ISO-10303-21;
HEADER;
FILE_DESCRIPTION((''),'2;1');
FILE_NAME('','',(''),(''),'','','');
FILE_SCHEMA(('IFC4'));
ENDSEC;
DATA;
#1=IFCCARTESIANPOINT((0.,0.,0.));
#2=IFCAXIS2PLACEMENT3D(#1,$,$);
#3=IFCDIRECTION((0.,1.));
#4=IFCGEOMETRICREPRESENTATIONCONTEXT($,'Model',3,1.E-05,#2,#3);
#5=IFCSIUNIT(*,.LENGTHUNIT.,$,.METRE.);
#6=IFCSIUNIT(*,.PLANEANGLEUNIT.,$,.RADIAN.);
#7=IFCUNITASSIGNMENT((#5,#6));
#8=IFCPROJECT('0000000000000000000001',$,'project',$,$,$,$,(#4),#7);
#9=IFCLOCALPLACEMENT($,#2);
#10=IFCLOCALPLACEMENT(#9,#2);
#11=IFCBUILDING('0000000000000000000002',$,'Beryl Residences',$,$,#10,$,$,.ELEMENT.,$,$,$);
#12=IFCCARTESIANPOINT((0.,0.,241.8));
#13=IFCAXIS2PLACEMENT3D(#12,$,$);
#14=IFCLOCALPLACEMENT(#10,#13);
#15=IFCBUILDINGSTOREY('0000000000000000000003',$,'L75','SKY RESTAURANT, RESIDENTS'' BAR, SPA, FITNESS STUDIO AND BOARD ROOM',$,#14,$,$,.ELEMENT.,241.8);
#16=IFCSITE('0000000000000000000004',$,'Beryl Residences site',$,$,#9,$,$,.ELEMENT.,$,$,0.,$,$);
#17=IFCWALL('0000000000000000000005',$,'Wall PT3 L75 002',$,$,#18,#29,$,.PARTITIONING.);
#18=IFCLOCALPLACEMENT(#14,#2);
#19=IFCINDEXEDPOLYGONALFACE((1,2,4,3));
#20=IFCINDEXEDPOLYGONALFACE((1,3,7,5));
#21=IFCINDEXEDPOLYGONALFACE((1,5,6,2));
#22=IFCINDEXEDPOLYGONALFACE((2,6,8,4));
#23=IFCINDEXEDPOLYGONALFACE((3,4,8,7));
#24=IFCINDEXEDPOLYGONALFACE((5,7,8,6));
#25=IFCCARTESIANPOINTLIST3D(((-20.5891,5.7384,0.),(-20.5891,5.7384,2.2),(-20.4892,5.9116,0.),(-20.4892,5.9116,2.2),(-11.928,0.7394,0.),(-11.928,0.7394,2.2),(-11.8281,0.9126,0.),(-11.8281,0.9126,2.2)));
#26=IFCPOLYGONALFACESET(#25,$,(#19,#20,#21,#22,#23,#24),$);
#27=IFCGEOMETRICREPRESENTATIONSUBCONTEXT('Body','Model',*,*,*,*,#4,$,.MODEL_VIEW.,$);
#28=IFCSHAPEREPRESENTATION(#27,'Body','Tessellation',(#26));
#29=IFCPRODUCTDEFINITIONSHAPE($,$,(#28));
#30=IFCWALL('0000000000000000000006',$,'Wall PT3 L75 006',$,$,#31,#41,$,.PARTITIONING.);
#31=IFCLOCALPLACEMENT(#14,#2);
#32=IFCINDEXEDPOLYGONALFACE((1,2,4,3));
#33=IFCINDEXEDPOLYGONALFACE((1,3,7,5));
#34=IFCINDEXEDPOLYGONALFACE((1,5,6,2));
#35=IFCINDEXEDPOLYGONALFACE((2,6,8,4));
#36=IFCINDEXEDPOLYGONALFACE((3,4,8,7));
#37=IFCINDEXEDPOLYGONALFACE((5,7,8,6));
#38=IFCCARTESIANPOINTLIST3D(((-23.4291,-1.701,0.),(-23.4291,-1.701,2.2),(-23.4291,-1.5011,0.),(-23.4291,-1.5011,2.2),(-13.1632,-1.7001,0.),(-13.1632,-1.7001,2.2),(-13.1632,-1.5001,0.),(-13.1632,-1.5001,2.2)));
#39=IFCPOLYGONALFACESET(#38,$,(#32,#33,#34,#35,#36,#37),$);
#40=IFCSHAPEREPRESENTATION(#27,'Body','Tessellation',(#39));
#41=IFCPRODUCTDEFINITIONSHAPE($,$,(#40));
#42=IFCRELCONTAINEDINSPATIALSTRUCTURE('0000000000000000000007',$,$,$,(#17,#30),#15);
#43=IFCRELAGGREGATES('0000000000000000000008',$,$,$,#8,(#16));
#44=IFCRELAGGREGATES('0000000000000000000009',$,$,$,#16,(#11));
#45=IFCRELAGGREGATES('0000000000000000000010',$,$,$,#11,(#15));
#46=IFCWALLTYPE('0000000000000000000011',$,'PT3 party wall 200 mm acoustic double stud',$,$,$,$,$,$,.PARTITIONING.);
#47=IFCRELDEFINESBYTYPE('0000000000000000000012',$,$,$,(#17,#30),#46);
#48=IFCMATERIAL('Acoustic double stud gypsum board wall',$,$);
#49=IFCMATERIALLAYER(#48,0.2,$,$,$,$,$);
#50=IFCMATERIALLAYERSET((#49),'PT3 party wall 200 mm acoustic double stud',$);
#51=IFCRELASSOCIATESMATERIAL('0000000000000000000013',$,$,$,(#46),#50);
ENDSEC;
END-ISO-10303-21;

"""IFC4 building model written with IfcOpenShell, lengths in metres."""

from ifc_helpers import new_model, si_unit, direction, frame, frame_2d, origin, place, context, subcontext, project, spatial, rectangle, extrude, material, layer, layer_set, type_object, element, save


model = new_model("IFC4")

# Units and contexts
model_context = context("Model", 3, precision=1e-05, world=origin(), true_north=direction((0.0, 1.0)))
body_context = subcontext(model_context, "Body", "Model", "MODEL_VIEW")
ifc_project = project(units=[si_unit("LENGTHUNIT", "METRE"), si_unit("PLANEANGLEUNIT", "RADIAN")], contexts=[model_context])

# Site, building, storey
site_placement = place(None, origin())
site = spatial("IfcSite", under=ifc_project, at=site_placement, Name="Beryl Residences site", CompositionType="ELEMENT", RefElevation=0.0)
building_placement = place(site_placement, origin())
building = spatial("IfcBuilding", under=site, at=building_placement, Name="Beryl Residences", CompositionType="ELEMENT")
storey_placement = place(building_placement, frame((0.0, 0.0, 241.8)))
storey = spatial("IfcBuildingStorey", under=building, at=storey_placement, Name="L75", Description="SKY RESTAURANT, RESIDENTS' BAR, SPA, FITNESS STUDIO AND BOARD ROOM", CompositionType="ELEMENT", Elevation=241.8)

# Walls
ifc_material_1 = material(Name="Acoustic double stud gypsum board wall")
ifc_layer_1 = layer(ifc_material_1, 0.2)
ifc_layer_set_1 = layer_set([ifc_layer_1], Name="PT3 party wall 200 mm acoustic double stud")
wall_type_1 = type_object("IfcWallType", Name="PT3 party wall 200 mm acoustic double stud", PredefinedType="PARTITIONING", material=ifc_layer_set_1)
wall_1_placement = place(storey_placement, frame((-20.5391, 5.825, 0.0), z_axis=(0.0, 0.0, 1.0), x_axis=(0.86609, -0.499889, 0.0)))
element("IfcWall", 1, at=wall_1_placement, inside=storey, type_object=wall_type_1, Name="Wall PT3 L75 002", PredefinedType="PARTITIONING", context=body_context, shape_type="SweptSolid", body=[
    extrude(rectangle(XDim=10.0002, YDim=0.2, at=frame_2d((5.0, 0.0))), origin(), (0.0, 0.0, 1.0), 2.2),
])
wall_2_placement = place(storey_placement, frame((-23.429, -1.6011, 0.0), z_axis=(0.0, 0.0, 1.0), x_axis=(1.0, 0.000095, 0.0)))
element("IfcWall", 2, at=wall_2_placement, inside=storey, type_object=wall_type_1, Name="Wall PT3 L75 006", PredefinedType="PARTITIONING", context=body_context, shape_type="SweptSolid", body=[
    extrude(rectangle(XDim=10.2659, YDim=0.2, at=frame_2d((5.1328, 0.0))), origin(), (0.0, 0.0, 1.0), 2.2),
])

save(model, "model.ifc")
